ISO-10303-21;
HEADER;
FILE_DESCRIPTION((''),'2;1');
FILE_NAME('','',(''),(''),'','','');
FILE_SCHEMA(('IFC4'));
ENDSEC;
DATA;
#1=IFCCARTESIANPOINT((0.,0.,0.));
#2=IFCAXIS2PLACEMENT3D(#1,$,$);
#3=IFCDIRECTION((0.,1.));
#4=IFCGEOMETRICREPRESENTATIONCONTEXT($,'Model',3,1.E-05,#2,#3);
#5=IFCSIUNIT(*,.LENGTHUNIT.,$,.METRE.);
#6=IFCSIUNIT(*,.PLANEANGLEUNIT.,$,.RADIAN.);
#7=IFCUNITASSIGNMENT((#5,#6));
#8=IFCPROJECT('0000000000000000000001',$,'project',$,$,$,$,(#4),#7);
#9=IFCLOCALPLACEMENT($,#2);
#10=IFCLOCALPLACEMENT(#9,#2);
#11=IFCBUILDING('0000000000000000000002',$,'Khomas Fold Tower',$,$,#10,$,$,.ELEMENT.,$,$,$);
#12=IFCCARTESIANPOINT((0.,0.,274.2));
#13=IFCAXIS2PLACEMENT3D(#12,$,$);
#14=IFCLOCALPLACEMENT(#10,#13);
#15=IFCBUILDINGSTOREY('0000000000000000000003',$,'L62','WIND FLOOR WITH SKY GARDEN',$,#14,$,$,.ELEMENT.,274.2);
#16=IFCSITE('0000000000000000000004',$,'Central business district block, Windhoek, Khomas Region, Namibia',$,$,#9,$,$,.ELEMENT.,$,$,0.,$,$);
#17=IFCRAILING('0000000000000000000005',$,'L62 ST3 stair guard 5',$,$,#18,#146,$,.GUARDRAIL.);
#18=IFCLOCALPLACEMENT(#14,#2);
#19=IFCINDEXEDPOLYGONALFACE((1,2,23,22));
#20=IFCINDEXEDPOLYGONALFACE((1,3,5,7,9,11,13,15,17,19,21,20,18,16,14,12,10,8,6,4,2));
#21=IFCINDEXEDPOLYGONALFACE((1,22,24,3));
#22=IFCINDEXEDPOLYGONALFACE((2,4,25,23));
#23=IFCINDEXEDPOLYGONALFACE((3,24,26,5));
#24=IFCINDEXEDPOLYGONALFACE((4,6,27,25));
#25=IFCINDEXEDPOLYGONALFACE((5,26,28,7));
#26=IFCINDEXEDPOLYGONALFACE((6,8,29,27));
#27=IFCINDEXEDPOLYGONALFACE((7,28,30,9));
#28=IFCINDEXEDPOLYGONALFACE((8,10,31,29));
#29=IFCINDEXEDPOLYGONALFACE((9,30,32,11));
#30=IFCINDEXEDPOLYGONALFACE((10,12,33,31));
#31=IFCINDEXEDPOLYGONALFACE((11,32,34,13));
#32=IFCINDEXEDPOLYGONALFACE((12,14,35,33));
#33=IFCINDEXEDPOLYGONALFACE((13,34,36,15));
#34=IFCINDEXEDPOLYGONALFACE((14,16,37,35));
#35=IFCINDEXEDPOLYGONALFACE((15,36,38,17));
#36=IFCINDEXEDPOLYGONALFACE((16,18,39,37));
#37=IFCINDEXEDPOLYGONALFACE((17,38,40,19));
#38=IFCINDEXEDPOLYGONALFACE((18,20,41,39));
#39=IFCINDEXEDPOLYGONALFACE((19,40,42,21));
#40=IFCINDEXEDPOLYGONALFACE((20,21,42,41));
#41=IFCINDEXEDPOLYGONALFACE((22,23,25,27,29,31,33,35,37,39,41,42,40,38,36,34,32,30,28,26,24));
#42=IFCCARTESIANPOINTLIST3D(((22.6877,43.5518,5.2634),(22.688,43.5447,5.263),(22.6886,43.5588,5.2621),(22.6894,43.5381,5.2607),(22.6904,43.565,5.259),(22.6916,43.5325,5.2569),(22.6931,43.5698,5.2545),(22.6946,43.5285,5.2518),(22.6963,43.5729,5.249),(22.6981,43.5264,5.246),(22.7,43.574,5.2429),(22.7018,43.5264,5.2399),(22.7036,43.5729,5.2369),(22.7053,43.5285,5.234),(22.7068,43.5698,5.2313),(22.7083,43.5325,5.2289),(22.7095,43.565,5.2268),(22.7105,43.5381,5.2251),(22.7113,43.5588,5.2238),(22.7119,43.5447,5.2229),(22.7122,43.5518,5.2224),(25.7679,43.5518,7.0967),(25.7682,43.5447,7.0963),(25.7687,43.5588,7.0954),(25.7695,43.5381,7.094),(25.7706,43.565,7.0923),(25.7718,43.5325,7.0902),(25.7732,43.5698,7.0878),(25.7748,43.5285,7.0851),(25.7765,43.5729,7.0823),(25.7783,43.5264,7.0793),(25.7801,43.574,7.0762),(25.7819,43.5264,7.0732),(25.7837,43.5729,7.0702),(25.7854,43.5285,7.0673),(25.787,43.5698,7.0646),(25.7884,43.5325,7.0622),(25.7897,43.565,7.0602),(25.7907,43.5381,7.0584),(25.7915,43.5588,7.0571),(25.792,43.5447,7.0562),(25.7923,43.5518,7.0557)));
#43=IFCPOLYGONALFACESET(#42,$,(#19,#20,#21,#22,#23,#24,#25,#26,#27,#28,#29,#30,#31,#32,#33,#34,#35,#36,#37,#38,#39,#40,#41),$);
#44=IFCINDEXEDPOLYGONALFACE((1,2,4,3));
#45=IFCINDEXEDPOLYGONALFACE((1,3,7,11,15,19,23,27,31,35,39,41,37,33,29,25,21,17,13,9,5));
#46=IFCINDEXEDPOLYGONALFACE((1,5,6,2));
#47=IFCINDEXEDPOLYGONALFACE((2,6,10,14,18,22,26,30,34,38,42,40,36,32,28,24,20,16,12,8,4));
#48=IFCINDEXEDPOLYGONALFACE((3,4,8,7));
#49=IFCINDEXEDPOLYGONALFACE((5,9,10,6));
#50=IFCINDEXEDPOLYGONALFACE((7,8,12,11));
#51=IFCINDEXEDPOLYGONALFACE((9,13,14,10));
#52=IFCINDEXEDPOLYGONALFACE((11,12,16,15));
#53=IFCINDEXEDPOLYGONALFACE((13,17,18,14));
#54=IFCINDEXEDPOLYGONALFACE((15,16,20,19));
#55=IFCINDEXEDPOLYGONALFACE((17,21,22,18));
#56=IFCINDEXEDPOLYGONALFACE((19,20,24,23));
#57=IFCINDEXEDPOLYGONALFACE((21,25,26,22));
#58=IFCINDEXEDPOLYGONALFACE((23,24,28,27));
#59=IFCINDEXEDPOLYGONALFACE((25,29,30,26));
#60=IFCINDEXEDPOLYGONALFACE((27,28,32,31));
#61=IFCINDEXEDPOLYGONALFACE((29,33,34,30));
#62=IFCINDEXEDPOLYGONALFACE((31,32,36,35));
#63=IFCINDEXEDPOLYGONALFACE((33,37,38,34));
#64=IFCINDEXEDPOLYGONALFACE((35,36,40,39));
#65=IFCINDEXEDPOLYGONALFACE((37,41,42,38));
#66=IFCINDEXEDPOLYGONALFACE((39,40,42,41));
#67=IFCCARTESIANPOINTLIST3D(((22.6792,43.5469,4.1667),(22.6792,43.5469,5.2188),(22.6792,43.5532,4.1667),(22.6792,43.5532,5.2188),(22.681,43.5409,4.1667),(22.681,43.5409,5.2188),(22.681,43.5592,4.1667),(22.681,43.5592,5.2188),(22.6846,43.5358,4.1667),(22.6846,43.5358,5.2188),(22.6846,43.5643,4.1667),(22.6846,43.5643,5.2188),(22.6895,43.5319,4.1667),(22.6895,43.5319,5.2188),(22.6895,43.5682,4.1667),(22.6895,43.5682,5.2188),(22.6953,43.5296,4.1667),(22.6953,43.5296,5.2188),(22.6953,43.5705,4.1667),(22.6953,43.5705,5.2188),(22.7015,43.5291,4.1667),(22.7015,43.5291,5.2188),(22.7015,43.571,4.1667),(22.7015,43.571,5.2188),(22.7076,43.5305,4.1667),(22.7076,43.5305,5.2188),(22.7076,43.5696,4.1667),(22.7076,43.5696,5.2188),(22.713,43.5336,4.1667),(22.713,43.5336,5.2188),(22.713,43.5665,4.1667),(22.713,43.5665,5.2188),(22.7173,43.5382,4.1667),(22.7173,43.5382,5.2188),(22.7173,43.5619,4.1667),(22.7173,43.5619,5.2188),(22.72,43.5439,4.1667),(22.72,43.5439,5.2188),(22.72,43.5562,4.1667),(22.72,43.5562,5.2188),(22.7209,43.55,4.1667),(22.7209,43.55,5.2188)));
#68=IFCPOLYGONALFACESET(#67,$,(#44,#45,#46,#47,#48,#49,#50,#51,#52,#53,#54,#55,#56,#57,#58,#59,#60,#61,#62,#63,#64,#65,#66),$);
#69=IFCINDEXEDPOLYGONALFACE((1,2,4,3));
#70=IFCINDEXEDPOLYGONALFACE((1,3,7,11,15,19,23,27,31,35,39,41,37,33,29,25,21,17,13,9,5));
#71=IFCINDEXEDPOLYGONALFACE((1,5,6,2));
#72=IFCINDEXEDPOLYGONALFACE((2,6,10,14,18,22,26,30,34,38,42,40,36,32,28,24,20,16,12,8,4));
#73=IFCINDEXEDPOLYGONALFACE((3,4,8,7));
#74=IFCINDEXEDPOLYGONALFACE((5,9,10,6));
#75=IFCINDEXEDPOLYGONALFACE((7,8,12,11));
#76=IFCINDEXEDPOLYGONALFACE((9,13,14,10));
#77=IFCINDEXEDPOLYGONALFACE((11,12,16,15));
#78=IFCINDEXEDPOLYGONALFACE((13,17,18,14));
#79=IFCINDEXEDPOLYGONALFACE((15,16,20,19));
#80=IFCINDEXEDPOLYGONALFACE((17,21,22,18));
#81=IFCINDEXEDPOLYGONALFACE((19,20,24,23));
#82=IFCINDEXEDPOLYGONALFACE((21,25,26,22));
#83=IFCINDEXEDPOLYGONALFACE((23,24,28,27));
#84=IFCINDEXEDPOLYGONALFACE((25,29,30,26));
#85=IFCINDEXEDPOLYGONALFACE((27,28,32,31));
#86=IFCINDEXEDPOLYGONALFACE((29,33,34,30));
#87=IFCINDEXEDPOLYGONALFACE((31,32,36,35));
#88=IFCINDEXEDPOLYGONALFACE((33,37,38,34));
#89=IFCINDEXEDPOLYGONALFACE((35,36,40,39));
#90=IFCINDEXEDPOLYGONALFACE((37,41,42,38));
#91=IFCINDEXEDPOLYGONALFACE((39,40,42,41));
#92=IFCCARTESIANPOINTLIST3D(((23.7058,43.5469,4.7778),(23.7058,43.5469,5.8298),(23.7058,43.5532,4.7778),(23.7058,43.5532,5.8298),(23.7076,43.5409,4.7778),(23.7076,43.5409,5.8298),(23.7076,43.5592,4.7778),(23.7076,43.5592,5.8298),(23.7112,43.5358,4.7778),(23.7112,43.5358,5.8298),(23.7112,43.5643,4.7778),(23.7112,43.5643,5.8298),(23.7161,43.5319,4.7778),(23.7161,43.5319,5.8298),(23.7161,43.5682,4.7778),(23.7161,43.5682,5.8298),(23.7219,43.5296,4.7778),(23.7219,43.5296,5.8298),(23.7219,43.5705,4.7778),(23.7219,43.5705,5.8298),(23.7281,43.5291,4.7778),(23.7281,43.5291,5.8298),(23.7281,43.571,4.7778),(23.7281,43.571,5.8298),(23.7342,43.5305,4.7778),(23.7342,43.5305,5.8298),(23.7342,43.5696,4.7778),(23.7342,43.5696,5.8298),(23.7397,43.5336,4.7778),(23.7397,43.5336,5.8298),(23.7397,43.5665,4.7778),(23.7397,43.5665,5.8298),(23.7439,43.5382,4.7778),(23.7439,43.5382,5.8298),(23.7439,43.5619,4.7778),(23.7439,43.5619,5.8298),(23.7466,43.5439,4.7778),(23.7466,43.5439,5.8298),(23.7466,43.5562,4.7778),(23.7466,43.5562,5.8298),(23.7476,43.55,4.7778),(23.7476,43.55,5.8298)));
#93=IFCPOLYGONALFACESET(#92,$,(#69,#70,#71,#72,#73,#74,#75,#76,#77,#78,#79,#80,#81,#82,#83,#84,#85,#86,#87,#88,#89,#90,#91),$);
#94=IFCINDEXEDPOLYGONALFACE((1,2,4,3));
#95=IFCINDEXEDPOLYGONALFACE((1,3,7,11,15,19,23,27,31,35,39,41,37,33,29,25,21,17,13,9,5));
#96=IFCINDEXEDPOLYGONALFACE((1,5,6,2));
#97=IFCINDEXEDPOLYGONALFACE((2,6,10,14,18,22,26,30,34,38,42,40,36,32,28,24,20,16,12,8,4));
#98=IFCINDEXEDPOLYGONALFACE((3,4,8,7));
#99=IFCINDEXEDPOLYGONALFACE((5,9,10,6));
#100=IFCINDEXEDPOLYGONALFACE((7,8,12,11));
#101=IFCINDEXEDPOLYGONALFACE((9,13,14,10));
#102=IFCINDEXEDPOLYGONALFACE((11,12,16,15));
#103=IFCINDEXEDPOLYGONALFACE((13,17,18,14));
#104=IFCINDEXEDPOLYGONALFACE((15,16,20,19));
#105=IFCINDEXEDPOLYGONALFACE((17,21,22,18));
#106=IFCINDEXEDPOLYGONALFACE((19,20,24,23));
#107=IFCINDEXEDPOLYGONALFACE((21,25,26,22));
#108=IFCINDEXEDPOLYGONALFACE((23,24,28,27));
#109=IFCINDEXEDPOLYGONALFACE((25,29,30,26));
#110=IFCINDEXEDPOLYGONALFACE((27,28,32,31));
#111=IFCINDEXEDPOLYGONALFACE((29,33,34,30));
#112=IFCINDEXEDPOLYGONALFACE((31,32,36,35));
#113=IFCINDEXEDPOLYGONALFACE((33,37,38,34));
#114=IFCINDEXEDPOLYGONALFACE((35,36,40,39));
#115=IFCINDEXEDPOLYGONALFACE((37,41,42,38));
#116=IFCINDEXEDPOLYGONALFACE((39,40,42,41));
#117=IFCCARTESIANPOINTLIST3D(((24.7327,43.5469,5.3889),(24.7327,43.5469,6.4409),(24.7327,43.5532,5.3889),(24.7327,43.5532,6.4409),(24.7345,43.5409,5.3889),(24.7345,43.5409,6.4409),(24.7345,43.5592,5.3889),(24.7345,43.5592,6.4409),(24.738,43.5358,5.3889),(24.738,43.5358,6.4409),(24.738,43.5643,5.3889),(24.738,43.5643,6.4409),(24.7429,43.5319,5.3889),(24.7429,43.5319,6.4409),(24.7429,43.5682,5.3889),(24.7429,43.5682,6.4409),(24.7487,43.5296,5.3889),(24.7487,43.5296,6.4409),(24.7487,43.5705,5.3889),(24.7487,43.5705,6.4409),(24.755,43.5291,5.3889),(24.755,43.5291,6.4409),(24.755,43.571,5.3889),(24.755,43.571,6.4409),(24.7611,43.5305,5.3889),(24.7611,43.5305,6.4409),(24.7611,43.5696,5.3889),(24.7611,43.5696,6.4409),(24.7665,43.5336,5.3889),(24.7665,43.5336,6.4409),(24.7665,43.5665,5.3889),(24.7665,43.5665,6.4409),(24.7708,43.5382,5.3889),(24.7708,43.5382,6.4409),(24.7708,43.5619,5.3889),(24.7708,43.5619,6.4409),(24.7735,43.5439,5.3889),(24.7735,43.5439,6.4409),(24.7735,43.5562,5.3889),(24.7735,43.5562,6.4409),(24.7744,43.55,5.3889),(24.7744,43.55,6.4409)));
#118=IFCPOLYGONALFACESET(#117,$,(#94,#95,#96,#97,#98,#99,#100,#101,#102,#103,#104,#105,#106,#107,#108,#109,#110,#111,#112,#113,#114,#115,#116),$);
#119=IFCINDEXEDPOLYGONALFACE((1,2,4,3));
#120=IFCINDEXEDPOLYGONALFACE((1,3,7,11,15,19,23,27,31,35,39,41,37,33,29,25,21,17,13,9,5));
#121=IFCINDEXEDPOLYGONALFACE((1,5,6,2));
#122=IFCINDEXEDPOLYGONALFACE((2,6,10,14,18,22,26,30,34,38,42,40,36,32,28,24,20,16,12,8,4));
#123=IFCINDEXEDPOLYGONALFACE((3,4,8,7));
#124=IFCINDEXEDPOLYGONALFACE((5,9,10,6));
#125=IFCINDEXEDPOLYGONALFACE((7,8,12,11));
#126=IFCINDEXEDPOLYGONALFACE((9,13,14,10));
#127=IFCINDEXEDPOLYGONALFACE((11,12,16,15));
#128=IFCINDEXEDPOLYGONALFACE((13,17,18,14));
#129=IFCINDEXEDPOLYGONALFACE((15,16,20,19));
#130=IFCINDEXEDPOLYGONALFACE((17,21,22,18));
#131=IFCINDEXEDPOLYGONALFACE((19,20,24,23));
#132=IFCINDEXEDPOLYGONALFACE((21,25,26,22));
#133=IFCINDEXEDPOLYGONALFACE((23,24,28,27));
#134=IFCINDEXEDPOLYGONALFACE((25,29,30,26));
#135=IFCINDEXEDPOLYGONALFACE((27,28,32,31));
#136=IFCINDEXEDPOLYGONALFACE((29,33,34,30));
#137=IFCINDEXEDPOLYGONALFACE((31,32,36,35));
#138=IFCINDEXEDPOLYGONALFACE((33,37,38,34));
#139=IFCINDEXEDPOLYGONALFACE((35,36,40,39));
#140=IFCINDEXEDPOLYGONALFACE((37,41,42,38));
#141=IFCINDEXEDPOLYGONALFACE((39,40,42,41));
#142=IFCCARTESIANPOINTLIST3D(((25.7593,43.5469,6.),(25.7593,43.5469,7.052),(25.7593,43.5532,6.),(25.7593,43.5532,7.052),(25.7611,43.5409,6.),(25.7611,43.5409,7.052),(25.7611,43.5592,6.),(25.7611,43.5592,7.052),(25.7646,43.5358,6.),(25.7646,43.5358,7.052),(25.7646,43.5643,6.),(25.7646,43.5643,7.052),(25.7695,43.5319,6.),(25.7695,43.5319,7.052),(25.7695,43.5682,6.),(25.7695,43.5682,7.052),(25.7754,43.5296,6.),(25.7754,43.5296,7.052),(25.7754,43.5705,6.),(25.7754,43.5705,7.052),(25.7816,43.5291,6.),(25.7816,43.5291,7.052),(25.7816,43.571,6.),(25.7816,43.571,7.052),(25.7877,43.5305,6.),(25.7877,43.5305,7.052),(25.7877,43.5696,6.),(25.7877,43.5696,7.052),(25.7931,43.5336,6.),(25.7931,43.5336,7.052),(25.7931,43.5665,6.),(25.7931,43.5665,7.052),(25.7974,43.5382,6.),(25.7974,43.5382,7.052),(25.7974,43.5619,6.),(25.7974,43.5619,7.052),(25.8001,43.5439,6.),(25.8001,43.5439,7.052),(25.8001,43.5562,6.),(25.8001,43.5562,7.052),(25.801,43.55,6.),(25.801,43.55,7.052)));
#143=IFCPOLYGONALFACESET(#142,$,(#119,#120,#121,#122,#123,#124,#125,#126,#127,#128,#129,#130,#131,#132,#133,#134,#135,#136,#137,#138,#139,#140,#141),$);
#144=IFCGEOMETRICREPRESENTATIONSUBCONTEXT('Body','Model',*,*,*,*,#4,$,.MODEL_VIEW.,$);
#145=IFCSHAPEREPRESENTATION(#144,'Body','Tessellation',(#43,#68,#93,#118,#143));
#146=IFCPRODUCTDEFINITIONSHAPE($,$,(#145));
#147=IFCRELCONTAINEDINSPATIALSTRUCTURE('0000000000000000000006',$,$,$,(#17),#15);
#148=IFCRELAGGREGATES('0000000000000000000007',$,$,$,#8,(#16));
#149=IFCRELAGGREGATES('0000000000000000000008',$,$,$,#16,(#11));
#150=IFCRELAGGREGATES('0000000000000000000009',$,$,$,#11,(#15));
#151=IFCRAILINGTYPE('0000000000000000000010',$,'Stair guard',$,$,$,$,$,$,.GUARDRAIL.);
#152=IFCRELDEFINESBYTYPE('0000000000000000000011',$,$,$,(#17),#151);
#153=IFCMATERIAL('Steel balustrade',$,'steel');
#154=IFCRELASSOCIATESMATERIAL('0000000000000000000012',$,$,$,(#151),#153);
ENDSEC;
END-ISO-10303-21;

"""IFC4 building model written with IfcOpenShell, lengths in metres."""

from ifc_helpers import new_model, si_unit, direction, frame, origin, origin_2d, place, context, subcontext, project, spatial, circle, extrude, source, transform, mapped, material, type_object, element, save


model = new_model("IFC4")

# Units and contexts
model_context = context("Model", 3, precision=1e-05, world=origin(), true_north=direction((0.0, 1.0)))
body_context = subcontext(model_context, "Body", "Model", "MODEL_VIEW")
ifc_project = project(units=[si_unit("LENGTHUNIT", "METRE"), si_unit("PLANEANGLEUNIT", "RADIAN")], contexts=[model_context])

# Site, building, storey
site_placement = place(None, origin())
site = spatial("IfcSite", under=ifc_project, at=site_placement, Name="Central business district block, Windhoek, Khomas Region, Namibia", CompositionType="ELEMENT", RefElevation=0.0)
building_placement = place(site_placement, origin())
building = spatial("IfcBuilding", under=site, at=building_placement, Name="Khomas Fold Tower", CompositionType="ELEMENT")
storey_placement = place(building_placement, frame((0.0, 0.0, 274.2)))
storey = spatial("IfcBuildingStorey", under=building, at=storey_placement, Name="L62", Description="WIND FLOOR WITH SKY GARDEN", CompositionType="ELEMENT", Elevation=274.2)

# Railing
ifc_material_1 = material(Name="Steel balustrade", Category="steel")
railing_type_1 = type_object("IfcRailingType", Name="Stair guard", PredefinedType="GUARDRAIL", material=ifc_material_1)
shared_shape_1 = source(origin(), body_context, "Body", "SweptSolid", [
    extrude(circle(Radius=0.0239, at=origin_2d()), frame((0.0, 0.0, 1.0762), z_axis=(0.859309, 0.0, 0.511458), x_axis=(0.0, 1.0, 0.0)), (0.0, 0.0, 1.0), 3.5845),
    extrude(circle(Radius=0.021, at=origin_2d()), origin(), (0.0, 0.0, 1.0), 1.052),
    extrude(circle(Radius=0.021, at=origin_2d()), frame((1.0266, 0.0, 0.6111)), (0.0, 0.0, 1.0), 1.052),
    extrude(circle(Radius=0.021, at=origin_2d()), frame((2.0535, 0.0, 1.2222)), (0.0, 0.0, 1.0), 1.052),
    extrude(circle(Radius=0.021, at=origin_2d()), frame((3.0801, 0.0, 1.8333)), (0.0, 0.0, 1.0), 1.052),
])
for number, where, name in (
    (1, (22.7, 43.55, 4.1667), "L62 ST3 stair guard 5"),
):
    element("IfcRailing", number, at=place(storey_placement, frame(where)), inside=storey, type_object=railing_type_1, Name=name, PredefinedType="GUARDRAIL", context=body_context, shape_type="MappedRepresentation", body=[
        mapped(shared_shape_1, transform((0.0, 0.0, 0.0))),
    ])

save(model, "model.ifc")
